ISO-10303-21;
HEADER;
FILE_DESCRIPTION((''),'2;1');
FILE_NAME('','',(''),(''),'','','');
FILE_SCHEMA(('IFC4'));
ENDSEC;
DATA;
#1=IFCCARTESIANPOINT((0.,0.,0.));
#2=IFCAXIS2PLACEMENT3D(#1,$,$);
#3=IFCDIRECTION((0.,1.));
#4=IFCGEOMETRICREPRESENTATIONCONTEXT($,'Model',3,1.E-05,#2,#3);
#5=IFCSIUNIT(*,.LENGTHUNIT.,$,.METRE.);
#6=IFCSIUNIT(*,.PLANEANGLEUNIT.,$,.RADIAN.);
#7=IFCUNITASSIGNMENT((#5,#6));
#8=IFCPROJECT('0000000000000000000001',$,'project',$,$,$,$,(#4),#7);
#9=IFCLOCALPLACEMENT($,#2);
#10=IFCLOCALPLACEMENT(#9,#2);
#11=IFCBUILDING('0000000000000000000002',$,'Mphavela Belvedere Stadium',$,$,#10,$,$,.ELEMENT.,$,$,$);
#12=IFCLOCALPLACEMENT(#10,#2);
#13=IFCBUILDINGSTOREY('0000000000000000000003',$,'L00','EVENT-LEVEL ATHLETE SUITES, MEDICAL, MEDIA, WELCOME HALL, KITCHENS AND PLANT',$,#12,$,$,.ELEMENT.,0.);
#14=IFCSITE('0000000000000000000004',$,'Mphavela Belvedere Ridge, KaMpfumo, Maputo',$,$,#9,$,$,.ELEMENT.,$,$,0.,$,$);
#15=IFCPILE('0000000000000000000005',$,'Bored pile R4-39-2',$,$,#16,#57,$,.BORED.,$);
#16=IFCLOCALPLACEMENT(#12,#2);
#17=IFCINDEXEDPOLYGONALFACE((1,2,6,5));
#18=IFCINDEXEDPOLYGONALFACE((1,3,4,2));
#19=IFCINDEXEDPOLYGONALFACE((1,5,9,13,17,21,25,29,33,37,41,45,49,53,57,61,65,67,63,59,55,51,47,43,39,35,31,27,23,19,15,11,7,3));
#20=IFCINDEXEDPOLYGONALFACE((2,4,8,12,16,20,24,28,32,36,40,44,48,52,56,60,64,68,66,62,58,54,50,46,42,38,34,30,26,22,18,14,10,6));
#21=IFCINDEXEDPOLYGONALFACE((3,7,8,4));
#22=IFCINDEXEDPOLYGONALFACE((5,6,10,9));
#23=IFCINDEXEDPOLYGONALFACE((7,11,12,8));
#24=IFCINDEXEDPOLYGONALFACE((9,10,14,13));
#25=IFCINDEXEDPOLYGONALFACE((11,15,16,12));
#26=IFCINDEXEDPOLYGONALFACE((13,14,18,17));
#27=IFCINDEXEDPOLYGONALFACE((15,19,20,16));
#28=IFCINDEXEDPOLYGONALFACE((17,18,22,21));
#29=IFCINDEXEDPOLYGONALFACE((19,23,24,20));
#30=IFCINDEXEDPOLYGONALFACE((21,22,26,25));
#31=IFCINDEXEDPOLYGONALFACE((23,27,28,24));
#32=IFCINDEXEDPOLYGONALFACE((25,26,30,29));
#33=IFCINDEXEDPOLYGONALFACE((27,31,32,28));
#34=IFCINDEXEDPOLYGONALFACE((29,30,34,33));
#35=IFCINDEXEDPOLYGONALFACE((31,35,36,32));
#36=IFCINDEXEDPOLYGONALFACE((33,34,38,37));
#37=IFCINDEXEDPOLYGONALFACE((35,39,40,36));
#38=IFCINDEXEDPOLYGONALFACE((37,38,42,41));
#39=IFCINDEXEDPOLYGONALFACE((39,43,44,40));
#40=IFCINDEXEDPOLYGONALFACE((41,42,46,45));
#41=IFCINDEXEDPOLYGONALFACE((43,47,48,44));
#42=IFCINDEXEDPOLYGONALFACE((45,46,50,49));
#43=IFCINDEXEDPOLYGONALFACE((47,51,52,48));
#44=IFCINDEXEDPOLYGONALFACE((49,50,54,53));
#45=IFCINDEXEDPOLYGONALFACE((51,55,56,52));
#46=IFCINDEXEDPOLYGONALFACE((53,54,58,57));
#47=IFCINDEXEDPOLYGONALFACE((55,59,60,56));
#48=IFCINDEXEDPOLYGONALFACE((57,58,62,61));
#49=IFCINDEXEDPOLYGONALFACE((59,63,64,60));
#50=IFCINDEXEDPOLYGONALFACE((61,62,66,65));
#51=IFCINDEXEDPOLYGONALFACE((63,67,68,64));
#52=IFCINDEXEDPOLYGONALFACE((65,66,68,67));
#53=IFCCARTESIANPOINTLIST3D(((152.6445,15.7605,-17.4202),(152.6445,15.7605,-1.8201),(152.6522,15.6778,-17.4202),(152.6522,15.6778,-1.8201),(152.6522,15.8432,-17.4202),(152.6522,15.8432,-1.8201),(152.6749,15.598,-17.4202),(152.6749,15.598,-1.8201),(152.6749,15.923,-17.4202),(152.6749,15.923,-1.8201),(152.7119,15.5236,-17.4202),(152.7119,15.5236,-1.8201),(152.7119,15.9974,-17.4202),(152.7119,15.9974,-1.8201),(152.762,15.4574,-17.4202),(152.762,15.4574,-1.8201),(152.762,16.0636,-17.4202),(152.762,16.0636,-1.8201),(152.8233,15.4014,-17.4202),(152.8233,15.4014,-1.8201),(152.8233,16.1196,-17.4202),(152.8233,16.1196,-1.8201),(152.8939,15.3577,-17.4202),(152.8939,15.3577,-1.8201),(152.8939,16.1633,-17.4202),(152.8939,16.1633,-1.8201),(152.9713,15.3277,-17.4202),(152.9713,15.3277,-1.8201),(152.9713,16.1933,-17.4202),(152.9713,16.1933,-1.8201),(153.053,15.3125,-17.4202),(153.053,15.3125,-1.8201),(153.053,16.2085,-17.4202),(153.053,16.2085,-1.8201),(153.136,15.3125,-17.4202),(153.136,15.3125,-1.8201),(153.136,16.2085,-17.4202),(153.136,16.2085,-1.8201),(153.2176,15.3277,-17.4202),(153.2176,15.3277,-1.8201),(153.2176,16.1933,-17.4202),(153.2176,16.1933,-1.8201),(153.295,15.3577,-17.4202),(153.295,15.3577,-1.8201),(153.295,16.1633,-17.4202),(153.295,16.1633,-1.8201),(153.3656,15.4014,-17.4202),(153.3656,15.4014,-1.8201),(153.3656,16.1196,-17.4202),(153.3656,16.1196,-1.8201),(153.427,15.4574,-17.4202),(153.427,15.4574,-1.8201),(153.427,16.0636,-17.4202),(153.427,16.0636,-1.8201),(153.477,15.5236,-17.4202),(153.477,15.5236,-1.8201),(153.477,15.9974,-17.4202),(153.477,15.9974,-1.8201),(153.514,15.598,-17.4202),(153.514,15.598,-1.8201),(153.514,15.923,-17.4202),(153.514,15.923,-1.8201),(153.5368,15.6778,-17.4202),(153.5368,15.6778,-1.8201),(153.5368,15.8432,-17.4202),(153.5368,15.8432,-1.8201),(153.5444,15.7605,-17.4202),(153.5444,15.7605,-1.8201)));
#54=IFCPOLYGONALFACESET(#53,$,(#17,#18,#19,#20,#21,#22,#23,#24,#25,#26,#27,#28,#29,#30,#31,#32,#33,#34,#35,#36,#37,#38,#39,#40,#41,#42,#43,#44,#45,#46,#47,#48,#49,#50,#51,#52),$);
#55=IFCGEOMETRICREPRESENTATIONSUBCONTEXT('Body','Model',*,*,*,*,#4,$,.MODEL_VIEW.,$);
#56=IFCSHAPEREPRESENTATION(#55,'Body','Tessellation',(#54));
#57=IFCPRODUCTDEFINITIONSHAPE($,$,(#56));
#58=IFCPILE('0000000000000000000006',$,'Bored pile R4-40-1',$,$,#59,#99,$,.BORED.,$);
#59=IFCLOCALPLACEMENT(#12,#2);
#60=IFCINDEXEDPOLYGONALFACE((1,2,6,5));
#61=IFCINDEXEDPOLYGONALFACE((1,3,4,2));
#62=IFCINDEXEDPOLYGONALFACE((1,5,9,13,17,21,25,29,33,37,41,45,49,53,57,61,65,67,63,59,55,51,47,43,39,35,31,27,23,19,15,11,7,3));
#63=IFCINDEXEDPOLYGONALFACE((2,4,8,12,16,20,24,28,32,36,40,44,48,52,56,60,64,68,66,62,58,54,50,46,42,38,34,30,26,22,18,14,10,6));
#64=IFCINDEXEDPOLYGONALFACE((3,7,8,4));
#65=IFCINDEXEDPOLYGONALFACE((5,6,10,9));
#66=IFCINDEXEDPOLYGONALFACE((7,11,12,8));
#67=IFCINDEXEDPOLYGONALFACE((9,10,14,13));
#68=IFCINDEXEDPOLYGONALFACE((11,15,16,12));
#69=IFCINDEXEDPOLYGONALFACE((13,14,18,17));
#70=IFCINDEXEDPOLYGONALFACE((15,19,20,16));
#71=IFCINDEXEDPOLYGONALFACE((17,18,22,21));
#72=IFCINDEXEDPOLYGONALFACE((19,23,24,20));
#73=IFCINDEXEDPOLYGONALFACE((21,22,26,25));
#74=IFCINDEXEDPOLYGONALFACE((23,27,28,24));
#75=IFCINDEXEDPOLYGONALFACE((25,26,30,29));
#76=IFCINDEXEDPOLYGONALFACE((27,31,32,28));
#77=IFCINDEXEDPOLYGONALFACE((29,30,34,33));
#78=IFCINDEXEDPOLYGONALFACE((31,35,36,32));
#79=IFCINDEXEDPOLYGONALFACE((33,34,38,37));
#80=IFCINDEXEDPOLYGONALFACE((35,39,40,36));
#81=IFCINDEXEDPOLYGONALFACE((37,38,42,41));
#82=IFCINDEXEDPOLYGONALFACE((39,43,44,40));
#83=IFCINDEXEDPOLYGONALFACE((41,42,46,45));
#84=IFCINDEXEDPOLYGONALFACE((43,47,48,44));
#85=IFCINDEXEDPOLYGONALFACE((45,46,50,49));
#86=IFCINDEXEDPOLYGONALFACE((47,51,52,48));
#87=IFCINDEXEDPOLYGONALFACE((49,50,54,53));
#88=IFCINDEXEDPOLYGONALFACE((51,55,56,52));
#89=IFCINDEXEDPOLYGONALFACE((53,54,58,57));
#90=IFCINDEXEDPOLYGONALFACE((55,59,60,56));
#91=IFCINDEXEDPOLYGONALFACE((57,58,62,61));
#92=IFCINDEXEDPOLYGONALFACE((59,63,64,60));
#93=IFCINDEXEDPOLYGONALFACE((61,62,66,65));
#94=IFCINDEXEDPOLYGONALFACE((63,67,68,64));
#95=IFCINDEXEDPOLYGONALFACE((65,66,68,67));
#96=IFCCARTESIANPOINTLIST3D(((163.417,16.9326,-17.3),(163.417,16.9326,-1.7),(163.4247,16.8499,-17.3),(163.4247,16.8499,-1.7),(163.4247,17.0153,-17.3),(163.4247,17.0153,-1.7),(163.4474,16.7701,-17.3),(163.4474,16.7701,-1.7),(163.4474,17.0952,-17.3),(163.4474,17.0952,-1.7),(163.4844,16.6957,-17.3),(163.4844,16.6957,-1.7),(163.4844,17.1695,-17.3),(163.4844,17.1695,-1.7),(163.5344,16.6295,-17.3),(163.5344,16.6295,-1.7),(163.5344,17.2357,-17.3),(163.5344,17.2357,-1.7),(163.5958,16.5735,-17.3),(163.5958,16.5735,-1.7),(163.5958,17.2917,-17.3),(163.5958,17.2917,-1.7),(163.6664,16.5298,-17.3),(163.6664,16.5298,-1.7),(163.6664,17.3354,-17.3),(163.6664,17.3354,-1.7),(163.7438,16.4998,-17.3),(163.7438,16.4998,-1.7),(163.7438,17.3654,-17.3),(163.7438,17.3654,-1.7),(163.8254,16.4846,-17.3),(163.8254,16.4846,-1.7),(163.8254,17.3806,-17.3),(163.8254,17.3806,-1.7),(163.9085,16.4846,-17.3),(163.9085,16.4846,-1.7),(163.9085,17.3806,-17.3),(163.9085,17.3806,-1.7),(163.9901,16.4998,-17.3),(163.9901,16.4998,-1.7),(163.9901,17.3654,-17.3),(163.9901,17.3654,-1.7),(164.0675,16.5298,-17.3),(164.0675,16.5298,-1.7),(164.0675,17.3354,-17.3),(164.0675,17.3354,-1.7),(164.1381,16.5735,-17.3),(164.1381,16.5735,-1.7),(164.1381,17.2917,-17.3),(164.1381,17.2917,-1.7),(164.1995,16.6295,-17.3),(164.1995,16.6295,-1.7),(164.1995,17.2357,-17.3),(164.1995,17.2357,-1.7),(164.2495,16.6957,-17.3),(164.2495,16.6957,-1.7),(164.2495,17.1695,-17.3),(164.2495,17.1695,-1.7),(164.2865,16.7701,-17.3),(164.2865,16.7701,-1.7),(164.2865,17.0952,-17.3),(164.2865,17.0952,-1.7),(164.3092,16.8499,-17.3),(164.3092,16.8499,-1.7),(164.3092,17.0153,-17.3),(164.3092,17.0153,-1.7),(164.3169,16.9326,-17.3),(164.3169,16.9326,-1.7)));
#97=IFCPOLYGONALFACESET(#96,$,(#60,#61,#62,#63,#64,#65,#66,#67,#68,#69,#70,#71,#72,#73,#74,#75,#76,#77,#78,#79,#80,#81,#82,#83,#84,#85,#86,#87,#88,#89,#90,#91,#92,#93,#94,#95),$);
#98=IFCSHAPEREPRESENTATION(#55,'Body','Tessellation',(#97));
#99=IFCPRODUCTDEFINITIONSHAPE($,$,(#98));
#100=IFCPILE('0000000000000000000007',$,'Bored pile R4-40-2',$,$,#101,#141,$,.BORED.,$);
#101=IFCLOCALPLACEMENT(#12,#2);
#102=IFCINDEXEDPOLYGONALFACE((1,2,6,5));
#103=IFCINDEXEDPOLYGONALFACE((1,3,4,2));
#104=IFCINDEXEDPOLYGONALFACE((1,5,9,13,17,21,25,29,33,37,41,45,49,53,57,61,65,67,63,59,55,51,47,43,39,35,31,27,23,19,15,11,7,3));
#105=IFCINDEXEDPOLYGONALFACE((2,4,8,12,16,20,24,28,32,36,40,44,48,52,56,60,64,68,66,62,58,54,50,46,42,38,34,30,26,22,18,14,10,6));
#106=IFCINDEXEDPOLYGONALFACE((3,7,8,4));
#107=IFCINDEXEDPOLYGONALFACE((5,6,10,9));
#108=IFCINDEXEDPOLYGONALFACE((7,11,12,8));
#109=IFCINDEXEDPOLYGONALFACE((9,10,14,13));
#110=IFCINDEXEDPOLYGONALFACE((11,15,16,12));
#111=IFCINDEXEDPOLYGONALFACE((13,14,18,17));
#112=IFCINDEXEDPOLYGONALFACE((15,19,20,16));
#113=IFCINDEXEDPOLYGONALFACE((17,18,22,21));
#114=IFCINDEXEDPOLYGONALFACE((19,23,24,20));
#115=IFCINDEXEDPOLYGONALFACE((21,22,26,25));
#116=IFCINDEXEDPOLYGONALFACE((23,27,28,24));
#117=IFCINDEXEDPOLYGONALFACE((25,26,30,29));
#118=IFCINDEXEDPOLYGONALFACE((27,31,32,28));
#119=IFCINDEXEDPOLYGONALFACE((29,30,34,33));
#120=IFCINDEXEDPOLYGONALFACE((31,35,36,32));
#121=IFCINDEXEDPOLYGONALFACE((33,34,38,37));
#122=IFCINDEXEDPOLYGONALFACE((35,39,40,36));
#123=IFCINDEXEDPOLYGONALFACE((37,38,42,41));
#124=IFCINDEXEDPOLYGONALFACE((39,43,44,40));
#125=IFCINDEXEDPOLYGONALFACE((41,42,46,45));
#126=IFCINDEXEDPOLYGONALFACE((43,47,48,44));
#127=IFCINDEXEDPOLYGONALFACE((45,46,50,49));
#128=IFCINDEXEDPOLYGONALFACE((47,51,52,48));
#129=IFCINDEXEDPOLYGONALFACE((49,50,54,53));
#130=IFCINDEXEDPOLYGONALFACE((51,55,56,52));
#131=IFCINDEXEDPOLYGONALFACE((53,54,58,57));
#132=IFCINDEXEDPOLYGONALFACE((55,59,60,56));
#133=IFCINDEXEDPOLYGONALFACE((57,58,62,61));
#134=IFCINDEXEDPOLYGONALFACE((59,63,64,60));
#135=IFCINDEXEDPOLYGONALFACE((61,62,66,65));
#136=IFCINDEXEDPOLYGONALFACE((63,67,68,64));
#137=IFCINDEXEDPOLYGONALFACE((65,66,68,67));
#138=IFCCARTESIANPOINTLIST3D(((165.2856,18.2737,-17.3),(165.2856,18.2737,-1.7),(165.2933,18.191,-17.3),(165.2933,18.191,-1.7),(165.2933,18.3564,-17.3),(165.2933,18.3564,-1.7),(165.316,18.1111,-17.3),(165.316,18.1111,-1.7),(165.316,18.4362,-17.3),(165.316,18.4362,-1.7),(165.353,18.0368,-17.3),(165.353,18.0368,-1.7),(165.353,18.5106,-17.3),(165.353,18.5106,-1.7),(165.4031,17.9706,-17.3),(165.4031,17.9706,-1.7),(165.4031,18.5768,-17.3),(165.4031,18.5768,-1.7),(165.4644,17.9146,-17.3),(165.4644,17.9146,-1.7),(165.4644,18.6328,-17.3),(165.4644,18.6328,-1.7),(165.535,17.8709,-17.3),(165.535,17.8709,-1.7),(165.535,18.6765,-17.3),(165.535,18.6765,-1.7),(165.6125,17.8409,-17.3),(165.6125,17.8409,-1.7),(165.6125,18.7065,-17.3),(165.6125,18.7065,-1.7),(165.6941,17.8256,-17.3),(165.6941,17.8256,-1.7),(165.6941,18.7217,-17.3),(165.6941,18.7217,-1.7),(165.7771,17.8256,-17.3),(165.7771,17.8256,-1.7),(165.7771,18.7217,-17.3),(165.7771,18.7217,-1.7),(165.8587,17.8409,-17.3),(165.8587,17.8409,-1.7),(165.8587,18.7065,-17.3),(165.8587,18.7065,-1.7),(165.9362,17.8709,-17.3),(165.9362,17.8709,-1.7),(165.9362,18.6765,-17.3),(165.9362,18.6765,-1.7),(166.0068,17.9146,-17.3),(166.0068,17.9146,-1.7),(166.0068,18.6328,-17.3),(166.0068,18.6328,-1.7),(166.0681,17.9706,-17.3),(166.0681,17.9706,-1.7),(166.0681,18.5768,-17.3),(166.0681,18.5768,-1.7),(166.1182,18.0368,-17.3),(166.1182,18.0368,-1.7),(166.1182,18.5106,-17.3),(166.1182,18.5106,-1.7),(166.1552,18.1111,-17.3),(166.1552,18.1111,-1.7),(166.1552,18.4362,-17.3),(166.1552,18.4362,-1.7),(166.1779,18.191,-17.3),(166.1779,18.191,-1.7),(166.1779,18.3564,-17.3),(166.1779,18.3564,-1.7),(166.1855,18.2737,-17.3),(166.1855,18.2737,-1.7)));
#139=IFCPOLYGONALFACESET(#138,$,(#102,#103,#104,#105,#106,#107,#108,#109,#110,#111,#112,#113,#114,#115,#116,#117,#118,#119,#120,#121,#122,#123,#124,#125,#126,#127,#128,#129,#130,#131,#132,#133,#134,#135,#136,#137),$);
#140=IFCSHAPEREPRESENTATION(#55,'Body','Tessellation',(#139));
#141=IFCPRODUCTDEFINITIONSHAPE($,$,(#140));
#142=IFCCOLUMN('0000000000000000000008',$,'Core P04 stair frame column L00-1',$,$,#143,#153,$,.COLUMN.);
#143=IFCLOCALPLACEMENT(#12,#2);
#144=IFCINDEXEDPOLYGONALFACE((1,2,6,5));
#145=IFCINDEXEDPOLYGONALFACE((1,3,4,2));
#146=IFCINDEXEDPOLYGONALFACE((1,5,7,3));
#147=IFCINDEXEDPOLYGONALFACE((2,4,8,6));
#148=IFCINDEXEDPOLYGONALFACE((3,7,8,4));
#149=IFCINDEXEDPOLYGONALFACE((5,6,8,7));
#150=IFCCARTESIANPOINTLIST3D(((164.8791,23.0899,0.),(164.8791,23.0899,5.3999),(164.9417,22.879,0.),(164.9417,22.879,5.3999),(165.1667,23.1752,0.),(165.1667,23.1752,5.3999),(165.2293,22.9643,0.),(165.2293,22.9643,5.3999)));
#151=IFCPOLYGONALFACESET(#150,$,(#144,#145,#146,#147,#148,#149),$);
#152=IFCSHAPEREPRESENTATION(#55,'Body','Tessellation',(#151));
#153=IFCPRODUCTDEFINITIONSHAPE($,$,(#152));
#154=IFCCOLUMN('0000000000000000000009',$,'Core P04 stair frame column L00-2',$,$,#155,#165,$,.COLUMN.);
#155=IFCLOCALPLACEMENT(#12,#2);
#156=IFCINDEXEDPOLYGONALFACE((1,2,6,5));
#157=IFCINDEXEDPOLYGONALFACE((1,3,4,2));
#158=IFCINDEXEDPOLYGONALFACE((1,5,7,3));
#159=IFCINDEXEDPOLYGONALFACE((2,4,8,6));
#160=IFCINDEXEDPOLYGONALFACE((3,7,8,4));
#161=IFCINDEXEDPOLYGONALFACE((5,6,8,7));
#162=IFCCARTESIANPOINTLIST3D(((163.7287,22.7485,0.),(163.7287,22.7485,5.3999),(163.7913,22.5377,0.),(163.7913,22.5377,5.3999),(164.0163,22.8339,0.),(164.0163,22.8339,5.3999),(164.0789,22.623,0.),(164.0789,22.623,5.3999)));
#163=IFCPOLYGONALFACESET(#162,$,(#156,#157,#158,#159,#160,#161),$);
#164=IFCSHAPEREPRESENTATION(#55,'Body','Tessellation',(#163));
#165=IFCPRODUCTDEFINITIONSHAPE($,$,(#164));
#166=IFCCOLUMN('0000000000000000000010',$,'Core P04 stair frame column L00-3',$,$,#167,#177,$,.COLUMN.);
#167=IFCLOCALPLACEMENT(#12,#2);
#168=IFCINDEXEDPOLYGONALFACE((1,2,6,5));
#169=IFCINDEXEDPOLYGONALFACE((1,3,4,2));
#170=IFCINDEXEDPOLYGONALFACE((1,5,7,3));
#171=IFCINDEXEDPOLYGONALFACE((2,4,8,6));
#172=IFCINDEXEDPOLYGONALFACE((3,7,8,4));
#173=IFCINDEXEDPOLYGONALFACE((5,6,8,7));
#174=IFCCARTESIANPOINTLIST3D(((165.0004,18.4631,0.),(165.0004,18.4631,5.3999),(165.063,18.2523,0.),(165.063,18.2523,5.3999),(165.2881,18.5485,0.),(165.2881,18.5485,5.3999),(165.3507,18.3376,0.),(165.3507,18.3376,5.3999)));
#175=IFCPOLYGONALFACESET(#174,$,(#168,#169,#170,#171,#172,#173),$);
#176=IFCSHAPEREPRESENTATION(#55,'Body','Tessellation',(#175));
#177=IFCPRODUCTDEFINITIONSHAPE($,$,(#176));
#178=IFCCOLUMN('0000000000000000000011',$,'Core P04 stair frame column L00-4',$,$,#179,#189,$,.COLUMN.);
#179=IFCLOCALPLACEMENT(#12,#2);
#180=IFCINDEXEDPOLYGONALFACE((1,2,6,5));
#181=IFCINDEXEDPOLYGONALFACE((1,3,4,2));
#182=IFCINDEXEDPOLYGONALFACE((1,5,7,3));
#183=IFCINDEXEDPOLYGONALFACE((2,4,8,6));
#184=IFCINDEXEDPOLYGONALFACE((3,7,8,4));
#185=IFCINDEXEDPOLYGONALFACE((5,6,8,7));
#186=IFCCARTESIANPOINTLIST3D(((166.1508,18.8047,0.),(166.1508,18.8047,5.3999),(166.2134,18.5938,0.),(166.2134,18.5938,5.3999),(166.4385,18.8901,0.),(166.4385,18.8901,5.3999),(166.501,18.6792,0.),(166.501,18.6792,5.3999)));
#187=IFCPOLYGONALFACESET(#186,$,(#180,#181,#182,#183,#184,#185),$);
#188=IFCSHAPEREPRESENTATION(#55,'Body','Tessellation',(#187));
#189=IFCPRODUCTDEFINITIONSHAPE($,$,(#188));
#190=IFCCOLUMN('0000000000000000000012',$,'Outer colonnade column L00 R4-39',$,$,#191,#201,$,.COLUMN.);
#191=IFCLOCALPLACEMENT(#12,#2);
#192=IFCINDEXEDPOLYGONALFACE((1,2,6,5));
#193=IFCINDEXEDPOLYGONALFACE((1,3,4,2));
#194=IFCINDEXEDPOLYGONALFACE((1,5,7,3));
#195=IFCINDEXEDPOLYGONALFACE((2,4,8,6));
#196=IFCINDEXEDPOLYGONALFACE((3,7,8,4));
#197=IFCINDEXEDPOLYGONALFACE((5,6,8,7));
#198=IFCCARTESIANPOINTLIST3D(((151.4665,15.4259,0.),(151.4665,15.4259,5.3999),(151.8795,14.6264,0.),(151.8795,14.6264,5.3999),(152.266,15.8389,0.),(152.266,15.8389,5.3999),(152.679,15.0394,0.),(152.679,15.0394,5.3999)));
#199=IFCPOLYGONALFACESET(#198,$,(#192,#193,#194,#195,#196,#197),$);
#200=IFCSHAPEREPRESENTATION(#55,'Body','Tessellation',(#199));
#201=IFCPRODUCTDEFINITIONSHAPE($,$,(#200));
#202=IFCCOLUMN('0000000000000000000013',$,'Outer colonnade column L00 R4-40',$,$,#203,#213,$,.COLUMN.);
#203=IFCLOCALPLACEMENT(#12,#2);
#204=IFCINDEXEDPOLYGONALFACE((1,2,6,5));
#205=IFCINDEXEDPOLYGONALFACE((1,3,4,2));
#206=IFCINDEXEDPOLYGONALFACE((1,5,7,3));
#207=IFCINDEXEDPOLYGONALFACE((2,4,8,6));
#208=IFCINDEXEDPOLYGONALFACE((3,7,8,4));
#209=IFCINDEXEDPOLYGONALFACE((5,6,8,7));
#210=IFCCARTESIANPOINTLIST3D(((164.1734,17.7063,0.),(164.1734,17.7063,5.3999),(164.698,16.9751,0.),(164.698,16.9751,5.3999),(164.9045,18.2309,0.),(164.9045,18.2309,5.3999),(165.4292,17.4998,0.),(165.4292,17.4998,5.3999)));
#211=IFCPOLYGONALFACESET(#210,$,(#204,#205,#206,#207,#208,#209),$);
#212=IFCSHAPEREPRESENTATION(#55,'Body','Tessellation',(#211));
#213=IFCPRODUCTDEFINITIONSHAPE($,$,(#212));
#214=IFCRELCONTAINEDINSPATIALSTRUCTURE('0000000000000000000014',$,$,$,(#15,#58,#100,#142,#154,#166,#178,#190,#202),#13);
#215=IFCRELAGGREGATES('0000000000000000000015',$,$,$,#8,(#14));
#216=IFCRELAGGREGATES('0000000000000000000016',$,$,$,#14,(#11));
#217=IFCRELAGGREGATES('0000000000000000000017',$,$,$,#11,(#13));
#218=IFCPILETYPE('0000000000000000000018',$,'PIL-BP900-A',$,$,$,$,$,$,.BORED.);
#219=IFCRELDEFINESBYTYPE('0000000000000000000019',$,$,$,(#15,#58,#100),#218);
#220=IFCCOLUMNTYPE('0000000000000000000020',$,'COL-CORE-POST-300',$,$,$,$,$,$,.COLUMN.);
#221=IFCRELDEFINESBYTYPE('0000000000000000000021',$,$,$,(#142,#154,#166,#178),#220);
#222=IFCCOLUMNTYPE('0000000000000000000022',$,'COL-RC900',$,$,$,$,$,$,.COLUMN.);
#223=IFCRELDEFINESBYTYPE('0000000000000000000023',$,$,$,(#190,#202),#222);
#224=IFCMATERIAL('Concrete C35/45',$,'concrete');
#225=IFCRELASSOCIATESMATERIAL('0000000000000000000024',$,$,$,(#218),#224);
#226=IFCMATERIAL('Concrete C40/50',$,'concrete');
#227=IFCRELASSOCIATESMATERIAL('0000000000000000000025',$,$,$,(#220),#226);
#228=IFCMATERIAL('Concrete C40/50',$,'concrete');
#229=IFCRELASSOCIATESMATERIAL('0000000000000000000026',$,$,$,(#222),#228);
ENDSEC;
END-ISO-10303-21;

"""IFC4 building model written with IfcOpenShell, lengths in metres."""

from ifc_helpers import new_model, si_unit, direction, frame, origin, origin_2d, place, context, subcontext, project, spatial, rectangle, circle, extrude, material, material_profile, profile_set, type_object, element, save


model = new_model("IFC4")

# Units and contexts
model_context = context("Model", 3, precision=1e-05, world=origin(), true_north=direction((0.0, 1.0)))
body_context = subcontext(model_context, "Body", "Model", "MODEL_VIEW")
ifc_project = project(units=[si_unit("LENGTHUNIT", "METRE"), si_unit("PLANEANGLEUNIT", "RADIAN")], contexts=[model_context])

# Site, building, storey
site_placement = place(None, origin())
site = spatial("IfcSite", under=ifc_project, at=site_placement, Name="Mphavela Belvedere Ridge, KaMpfumo, Maputo", CompositionType="ELEMENT", RefElevation=0.0)
building_placement = place(site_placement, origin())
building = spatial("IfcBuilding", under=site, at=building_placement, Name="Mphavela Belvedere Stadium", CompositionType="ELEMENT")
storey_placement = place(building_placement, origin())
storey = spatial("IfcBuildingStorey", under=building, at=storey_placement, Name="L00", Description="EVENT-LEVEL ATHLETE SUITES, MEDICAL, MEDIA, WELCOME HALL, KITCHENS AND PLANT", CompositionType="ELEMENT", Elevation=0.0)

# Piles
ifc_material_1 = material(Name="Concrete C35/45", Category="concrete")
ifc_material_profile_1 = material_profile(ifc_material_1, circle(Radius=0.45, at=origin_2d()), Name="BP D900")
ifc_profile_set_1 = profile_set([ifc_material_profile_1], Name="Concrete C35/45")
pile_type_1 = type_object("IfcPileType", Name="PIL-BP900-A", PredefinedType="BORED", material=ifc_profile_set_1)
for number, where, z_axis, x_axis, name in (
    (1, (153.0945, 15.7605, -1.8201), (0.0, 0.0, -1.0), (1.0, 0.0, 0.0), "Bored pile R4-39-2"),
    (2, (163.8669, 16.9326, -1.7), (0.0, 0.0, -1.0), (1.0, 0.0, 0.0), "Bored pile R4-40-1"),
    (3, (165.7356, 18.2737, -1.7), (0.0, 0.0, -1.0), (1.0, 0.0, 0.0), "Bored pile R4-40-2"),
):
    element("IfcPile", number, at=place(storey_placement, frame(where, z_axis=z_axis, x_axis=x_axis)), inside=storey, type_object=pile_type_1, Name=name, PredefinedType="BORED", context=body_context, shape_type="SweptSolid", body=[
        extrude(circle(Radius=0.45, at=origin_2d()), origin(), (0.0, 0.0, 1.0), 15.6001),
    ])

# Columns
ifc_material_2 = material(Name="Concrete C40/50", Category="concrete")
ifc_material_profile_2 = material_profile(ifc_material_2, rectangle(XDim=0.3, YDim=0.22, at=origin_2d()), Name="RC 300x220")
ifc_profile_set_2 = profile_set([ifc_material_profile_2], Name="Concrete C40/50")
column_type_1 = type_object("IfcColumnType", Name="COL-CORE-POST-300", PredefinedType="COLUMN", material=ifc_profile_set_2)
for number, where, z_axis, x_axis, name in (
    (4, (165.0542, 23.0271, 0.0), (0.0, 0.0, 1.0), (-0.958671, -0.284517, 0.0), "Core P04 stair frame column L00-1"),
    (5, (163.9038, 22.6858, 0.0), (0.0, 0.0, 1.0), (-0.958671, -0.284517, 0.0), "Core P04 stair frame column L00-2"),
    (6, (165.1755, 18.4004, 0.0), (0.0, 0.0, 1.0), (-0.958671, -0.284517, 0.0), "Core P04 stair frame column L00-3"),
    (7, (166.3259, 18.7419, 0.0), (0.0, 0.0, 1.0), (-0.958671, -0.284517, 0.0), "Core P04 stair frame column L00-4"),
):
    element("IfcColumn", number, at=place(storey_placement, frame(where, z_axis=z_axis, x_axis=x_axis)), inside=storey, type_object=column_type_1, Name=name, PredefinedType="COLUMN", context=body_context, shape_type="SweptSolid", body=[
        extrude(rectangle(XDim=0.3, YDim=0.22, at=origin_2d()), origin(), (0.0, 0.0, 1.0), 5.3999),
    ])
ifc_material_3 = material(Name="Concrete C40/50", Category="concrete")
ifc_material_profile_3 = material_profile(ifc_material_3, rectangle(XDim=0.8999, YDim=0.8999, at=origin_2d()), Name="RC 900x900")
ifc_profile_set_3 = profile_set([ifc_material_profile_3], Name="Concrete C40/50")
column_type_2 = type_object("IfcColumnType", Name="COL-RC900", PredefinedType="COLUMN", material=ifc_profile_set_3)
for number, where, z_axis, x_axis, name in (
    (8, (152.0728, 15.2327, 0.0), (0.0, 0.0, 1.0), (0.45896, -0.888457, 0.0), "Outer colonnade column L00 R4-39"),
    (9, (164.8013, 17.603, 0.0), (0.0, 0.0, 1.0), (0.582974, -0.812491, 0.0), "Outer colonnade column L00 R4-40"),
):
    element("IfcColumn", number, at=place(storey_placement, frame(where, z_axis=z_axis, x_axis=x_axis)), inside=storey, type_object=column_type_2, Name=name, PredefinedType="COLUMN", context=body_context, shape_type="SweptSolid", body=[
        extrude(rectangle(XDim=0.8999, YDim=0.8999, at=origin_2d()), origin(), (0.0, 0.0, 1.0), 5.3999),
    ])

save(model, "model.ifc")
